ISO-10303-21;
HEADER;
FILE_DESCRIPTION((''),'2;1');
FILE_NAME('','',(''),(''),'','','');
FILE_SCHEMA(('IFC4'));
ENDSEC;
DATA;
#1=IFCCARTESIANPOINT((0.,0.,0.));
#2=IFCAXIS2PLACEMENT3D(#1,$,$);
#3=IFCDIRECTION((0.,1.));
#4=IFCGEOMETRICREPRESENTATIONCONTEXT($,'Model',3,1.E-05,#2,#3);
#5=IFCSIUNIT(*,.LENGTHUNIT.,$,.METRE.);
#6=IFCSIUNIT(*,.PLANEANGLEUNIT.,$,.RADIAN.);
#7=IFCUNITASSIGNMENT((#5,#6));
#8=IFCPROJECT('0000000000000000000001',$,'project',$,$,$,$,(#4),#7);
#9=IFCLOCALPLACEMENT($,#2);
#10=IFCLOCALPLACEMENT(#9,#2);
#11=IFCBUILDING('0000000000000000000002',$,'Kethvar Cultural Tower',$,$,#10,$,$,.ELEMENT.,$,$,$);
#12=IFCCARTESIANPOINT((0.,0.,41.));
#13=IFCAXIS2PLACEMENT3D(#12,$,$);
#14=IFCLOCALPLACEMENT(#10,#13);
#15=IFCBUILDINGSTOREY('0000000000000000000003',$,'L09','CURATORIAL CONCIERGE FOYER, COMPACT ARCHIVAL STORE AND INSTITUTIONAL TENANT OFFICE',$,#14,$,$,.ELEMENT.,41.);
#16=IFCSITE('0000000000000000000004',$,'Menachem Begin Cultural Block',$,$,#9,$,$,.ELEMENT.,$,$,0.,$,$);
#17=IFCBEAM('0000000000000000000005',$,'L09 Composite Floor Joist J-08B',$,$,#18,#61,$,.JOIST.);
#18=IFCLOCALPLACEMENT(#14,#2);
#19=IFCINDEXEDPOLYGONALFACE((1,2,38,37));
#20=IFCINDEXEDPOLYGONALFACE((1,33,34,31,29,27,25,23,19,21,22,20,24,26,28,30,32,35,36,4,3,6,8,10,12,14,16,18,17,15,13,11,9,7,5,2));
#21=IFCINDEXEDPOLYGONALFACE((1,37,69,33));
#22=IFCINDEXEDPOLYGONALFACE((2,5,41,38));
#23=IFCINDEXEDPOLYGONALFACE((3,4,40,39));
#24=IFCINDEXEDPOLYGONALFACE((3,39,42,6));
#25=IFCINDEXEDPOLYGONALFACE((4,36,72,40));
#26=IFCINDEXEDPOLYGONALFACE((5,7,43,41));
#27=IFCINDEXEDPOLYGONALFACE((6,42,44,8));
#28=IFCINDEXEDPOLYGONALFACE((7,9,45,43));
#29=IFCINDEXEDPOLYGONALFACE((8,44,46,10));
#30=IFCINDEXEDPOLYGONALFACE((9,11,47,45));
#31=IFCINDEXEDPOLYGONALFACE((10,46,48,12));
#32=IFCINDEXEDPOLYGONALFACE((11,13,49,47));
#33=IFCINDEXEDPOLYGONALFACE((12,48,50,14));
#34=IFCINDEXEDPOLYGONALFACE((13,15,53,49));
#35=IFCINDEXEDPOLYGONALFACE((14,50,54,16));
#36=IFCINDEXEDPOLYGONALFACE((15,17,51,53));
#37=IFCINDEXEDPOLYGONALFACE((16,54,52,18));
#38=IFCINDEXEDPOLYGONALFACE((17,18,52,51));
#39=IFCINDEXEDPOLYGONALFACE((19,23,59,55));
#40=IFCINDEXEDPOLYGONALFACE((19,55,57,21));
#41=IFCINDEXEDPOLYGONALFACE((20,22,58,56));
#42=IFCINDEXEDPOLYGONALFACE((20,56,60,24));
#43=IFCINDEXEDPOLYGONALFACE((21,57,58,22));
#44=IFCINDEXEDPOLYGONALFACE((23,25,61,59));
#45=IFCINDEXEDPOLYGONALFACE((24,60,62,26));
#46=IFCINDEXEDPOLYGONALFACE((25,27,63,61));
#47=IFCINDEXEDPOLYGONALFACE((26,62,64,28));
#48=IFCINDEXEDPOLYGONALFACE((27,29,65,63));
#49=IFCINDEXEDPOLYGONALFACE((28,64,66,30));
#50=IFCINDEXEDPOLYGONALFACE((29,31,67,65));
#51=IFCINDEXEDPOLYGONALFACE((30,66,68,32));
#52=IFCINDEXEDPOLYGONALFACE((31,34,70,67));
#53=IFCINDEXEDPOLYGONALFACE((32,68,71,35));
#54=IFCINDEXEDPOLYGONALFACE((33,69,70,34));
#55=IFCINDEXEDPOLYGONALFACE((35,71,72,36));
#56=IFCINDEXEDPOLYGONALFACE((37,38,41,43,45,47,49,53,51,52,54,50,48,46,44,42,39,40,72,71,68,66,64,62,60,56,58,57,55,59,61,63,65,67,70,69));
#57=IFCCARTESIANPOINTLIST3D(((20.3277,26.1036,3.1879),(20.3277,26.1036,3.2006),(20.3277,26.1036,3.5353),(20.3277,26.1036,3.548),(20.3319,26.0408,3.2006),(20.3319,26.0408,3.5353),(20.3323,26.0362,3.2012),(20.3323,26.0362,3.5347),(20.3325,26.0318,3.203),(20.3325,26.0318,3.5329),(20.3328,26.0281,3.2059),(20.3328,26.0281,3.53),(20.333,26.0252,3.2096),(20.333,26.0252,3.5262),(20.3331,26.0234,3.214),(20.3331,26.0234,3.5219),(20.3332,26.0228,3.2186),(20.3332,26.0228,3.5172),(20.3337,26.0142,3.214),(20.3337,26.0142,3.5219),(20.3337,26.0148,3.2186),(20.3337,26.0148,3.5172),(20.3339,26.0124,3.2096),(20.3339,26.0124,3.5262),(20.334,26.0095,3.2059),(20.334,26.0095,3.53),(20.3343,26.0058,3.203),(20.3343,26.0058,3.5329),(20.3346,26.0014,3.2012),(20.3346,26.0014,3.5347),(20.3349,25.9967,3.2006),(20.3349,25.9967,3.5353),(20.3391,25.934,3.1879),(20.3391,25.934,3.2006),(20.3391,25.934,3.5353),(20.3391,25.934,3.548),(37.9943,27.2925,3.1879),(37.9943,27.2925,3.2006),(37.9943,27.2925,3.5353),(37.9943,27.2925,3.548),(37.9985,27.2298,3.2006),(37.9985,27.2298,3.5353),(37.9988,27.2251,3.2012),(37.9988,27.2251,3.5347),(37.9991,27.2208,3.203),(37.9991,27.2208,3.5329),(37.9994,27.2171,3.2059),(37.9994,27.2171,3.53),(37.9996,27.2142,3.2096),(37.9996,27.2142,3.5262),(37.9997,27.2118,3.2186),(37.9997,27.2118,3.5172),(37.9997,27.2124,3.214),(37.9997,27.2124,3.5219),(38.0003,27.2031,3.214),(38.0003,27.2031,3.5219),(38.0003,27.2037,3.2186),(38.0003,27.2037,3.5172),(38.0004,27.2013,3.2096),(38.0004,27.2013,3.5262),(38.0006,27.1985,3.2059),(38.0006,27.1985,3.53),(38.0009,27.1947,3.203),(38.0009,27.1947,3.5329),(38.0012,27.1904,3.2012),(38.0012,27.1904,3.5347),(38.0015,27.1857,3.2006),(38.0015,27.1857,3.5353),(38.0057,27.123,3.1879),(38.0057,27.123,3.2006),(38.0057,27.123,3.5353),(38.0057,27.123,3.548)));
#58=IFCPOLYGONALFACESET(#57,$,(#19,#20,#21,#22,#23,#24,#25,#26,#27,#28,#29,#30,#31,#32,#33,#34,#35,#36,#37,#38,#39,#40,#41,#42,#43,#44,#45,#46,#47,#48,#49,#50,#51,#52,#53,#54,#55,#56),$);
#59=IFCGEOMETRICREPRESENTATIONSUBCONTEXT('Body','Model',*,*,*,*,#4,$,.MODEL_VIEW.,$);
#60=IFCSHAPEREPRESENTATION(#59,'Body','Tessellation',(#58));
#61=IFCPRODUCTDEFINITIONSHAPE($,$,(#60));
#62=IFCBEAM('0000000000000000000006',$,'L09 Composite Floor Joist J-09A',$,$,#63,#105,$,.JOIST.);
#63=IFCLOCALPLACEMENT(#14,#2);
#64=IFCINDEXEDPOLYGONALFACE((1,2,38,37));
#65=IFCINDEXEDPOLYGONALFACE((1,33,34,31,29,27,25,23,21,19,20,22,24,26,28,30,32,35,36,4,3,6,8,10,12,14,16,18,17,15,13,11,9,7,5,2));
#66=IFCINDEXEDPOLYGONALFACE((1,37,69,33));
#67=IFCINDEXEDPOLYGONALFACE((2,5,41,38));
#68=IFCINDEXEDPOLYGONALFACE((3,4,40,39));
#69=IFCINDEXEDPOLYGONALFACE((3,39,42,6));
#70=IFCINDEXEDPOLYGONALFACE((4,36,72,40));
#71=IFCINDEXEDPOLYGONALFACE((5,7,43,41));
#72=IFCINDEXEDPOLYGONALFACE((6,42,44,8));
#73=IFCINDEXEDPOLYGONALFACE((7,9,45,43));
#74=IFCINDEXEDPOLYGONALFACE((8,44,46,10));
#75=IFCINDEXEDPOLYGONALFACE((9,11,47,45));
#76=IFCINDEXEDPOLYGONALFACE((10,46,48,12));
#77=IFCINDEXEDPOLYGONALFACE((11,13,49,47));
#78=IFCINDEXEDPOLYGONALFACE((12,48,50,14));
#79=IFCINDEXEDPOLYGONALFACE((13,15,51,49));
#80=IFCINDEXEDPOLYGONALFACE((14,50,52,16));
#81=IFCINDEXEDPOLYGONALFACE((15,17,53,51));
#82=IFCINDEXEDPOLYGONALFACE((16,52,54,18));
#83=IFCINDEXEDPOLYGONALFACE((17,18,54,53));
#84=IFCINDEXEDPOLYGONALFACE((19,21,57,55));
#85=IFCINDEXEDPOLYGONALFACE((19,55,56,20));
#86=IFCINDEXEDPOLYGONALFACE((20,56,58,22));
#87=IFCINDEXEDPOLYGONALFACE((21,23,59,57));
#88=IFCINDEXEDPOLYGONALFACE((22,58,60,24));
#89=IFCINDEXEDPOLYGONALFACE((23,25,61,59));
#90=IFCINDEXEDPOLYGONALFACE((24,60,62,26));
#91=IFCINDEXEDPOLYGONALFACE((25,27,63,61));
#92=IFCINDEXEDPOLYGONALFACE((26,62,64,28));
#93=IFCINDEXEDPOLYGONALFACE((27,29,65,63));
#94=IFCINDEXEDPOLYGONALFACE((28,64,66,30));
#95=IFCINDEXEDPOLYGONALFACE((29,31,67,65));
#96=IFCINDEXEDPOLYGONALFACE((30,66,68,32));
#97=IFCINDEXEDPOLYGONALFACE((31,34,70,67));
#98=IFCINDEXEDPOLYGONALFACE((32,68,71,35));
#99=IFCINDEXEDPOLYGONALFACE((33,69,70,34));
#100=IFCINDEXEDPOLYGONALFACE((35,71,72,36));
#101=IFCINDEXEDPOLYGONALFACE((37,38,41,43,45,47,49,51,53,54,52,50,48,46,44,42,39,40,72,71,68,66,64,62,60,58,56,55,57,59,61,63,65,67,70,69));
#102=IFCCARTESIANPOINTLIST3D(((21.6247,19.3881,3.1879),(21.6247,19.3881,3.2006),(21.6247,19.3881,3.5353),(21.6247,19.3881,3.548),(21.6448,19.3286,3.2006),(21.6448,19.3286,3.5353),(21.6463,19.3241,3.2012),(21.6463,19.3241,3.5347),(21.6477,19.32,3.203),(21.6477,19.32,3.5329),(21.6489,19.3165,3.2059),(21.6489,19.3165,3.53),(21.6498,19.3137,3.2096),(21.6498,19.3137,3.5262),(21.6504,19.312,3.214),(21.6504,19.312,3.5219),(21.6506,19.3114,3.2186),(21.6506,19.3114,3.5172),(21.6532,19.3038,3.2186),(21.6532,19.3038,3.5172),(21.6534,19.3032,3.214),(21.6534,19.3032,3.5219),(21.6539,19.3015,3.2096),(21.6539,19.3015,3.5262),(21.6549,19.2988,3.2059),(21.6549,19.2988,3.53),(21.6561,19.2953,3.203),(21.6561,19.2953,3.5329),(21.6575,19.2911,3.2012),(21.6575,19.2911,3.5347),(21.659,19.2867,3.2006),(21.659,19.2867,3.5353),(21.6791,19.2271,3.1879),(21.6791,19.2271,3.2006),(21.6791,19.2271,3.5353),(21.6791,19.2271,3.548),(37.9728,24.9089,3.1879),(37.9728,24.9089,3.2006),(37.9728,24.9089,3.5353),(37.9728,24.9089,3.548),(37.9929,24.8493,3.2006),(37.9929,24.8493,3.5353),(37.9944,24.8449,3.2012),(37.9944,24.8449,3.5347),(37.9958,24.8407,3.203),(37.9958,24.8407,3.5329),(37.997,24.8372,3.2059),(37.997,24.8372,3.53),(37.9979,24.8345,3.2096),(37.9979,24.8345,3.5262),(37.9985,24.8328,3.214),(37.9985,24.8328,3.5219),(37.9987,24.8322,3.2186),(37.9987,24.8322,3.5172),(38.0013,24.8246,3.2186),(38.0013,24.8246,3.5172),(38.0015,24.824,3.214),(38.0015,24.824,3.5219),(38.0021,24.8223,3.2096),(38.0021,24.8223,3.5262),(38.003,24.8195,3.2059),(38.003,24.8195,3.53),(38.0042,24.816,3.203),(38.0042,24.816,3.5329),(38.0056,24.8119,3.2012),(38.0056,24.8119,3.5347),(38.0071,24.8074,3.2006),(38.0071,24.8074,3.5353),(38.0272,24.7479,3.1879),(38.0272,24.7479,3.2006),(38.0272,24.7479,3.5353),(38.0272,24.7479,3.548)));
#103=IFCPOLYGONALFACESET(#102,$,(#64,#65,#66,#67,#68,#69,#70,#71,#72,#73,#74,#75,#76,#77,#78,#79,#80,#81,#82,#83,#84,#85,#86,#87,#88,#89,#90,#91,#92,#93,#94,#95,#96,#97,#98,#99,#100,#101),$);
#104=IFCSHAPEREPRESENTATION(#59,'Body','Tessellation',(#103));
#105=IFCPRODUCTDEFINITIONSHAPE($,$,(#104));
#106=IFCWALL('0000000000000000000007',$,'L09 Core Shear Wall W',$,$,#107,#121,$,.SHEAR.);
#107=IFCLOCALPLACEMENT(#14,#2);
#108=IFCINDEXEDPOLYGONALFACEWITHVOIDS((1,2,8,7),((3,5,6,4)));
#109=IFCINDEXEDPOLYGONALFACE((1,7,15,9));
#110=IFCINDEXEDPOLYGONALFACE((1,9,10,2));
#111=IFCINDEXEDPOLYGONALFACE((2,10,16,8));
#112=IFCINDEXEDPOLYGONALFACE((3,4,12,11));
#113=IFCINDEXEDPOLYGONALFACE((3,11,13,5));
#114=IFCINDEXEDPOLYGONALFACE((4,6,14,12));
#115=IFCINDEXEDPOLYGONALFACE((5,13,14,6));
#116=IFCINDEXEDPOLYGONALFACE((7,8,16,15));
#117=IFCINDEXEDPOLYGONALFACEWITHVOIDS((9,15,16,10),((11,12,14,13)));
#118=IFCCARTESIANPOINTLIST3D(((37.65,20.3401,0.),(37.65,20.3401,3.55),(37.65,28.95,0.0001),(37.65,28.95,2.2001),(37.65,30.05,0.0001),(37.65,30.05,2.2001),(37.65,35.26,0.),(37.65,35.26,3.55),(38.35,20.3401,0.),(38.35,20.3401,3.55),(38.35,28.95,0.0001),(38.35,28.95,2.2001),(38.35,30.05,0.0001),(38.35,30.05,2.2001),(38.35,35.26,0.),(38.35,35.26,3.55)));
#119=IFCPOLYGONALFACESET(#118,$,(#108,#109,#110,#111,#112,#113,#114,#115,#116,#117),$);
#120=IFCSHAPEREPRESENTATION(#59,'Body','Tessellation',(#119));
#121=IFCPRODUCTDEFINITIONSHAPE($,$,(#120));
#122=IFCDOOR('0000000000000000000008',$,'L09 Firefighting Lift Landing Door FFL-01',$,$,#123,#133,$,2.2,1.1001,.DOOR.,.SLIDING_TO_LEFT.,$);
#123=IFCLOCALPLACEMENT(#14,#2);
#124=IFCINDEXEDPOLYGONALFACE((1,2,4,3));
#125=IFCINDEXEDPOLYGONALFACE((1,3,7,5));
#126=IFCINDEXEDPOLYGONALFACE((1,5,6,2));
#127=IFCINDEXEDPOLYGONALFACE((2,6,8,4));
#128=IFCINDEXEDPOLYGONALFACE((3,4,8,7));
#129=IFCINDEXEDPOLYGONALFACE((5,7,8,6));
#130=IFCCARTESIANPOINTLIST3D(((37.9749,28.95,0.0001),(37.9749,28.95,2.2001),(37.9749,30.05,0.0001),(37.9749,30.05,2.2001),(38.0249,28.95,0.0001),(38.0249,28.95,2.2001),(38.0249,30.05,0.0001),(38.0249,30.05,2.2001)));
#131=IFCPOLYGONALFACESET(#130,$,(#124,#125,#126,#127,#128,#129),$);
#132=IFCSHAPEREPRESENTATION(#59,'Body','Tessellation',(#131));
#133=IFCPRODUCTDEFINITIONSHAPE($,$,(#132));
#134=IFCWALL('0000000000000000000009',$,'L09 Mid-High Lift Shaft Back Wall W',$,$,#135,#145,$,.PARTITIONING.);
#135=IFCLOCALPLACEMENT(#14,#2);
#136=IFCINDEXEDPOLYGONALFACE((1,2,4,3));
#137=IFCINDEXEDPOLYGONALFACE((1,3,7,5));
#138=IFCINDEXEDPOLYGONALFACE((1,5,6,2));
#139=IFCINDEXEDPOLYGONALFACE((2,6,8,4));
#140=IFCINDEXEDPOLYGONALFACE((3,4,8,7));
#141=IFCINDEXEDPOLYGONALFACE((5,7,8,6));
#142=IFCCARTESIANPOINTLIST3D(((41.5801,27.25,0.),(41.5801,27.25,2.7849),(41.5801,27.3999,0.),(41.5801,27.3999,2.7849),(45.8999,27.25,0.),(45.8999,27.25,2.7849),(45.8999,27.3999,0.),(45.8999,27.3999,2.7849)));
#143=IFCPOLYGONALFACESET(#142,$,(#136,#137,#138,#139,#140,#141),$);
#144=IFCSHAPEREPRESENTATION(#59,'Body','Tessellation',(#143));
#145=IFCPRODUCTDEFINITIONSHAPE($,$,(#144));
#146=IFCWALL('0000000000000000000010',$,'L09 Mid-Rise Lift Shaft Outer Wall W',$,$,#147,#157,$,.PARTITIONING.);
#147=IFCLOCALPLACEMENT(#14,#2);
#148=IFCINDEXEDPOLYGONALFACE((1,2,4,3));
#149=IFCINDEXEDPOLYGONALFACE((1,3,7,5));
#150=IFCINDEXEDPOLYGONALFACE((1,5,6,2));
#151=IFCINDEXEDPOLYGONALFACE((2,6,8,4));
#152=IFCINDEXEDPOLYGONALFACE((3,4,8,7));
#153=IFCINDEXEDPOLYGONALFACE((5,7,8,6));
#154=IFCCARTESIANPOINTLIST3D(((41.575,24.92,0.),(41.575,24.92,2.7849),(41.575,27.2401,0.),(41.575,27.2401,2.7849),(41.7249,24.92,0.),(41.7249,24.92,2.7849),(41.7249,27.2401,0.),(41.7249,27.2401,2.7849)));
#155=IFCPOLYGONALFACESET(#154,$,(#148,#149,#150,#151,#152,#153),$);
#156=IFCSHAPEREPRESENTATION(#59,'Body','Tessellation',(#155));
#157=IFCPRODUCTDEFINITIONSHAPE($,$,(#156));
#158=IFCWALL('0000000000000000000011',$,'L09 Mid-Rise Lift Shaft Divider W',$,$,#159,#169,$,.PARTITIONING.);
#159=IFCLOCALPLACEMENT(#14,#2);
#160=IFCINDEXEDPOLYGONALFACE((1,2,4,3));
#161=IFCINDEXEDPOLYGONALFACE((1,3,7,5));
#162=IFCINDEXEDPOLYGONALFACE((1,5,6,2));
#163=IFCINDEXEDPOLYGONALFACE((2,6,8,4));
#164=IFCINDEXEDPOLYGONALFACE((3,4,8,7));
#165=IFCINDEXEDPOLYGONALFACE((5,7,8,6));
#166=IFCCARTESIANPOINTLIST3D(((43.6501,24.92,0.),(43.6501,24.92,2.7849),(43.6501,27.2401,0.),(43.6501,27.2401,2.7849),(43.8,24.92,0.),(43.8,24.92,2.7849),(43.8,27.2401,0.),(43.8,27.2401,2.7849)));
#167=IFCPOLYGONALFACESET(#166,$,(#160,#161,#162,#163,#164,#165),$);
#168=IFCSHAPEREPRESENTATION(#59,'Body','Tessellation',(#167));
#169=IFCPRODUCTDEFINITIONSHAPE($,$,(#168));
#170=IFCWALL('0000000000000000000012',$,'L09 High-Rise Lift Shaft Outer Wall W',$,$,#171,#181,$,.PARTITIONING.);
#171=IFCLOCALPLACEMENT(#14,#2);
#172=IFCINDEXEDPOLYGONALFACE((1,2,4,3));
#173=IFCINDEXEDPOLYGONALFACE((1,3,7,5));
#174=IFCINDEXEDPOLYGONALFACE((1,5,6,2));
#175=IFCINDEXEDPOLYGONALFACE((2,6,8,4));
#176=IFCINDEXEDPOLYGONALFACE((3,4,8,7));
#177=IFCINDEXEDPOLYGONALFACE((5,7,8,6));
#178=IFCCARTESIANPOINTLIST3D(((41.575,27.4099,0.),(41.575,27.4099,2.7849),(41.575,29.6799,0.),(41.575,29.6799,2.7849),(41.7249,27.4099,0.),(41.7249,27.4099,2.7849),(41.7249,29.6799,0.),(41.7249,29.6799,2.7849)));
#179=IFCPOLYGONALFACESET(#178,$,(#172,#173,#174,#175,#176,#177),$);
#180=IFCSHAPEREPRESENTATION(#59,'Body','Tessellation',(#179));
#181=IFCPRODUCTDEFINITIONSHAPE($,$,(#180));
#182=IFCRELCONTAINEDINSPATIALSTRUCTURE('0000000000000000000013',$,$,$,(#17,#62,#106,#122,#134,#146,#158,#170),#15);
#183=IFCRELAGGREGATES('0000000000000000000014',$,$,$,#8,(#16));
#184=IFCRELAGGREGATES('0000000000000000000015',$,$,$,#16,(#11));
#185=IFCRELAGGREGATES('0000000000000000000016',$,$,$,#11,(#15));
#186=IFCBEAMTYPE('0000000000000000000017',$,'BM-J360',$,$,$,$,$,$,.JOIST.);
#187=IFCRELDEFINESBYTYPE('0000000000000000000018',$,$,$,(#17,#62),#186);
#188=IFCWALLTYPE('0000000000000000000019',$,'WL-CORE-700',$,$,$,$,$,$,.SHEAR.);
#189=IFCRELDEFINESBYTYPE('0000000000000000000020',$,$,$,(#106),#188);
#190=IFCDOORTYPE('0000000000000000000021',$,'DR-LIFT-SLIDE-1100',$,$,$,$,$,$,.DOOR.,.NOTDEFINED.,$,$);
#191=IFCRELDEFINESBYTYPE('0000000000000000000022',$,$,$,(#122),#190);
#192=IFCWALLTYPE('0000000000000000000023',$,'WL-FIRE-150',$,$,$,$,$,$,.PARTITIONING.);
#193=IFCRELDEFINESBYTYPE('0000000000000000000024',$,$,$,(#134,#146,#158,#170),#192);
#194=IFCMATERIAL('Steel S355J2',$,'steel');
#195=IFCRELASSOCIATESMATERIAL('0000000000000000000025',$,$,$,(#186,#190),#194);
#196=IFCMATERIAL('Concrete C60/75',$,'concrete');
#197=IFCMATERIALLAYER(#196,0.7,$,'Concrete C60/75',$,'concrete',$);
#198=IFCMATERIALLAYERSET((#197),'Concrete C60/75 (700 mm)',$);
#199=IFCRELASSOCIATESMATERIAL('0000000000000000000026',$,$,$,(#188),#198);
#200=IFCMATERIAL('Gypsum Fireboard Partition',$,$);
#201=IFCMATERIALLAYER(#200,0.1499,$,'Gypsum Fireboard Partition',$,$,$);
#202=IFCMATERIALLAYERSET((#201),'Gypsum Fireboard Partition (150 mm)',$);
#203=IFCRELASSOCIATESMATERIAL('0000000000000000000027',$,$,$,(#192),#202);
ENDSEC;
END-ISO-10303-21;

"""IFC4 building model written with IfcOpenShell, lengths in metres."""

from ifc_helpers import new_model, si_unit, direction, frame, frame_2d, origin, origin_2d, place, context, subcontext, project, spatial, rectangle, i_section, extrude, source, transform, mapped, material, layer, layer_set, material_profile, profile_set, type_object, element, fill, save


model = new_model("IFC4")

# Units and contexts
model_context = context("Model", 3, precision=1e-05, world=origin(), true_north=direction((0.0, 1.0)))
body_context = subcontext(model_context, "Body", "Model", "MODEL_VIEW")
ifc_project = project(units=[si_unit("LENGTHUNIT", "METRE"), si_unit("PLANEANGLEUNIT", "RADIAN")], contexts=[model_context])

# Site, building, storey
site_placement = place(None, origin())
site = spatial("IfcSite", under=ifc_project, at=site_placement, Name="Menachem Begin Cultural Block", CompositionType="ELEMENT", RefElevation=0.0)
building_placement = place(site_placement, origin())
building = spatial("IfcBuilding", under=site, at=building_placement, Name="Kethvar Cultural Tower", CompositionType="ELEMENT")
storey_placement = place(building_placement, frame((0.0, 0.0, 41.0)))
storey = spatial("IfcBuildingStorey", under=building, at=storey_placement, Name="L09", Description="CURATORIAL CONCIERGE FOYER, COMPACT ARCHIVAL STORE AND INSTITUTIONAL TENANT OFFICE", CompositionType="ELEMENT", Elevation=41.0)

# Beams
ifc_material_1 = material(Name="Steel S355J2", Category="steel")
ifc_material_profile_1 = material_profile(ifc_material_1, i_section(OverallWidth=0.1699, OverallDepth=0.3601, WebThickness=0.0081, FlangeThickness=0.0127, FilletRadius=0.0181, at=origin_2d()), Name="Steel S355J2 — IPE360")
ifc_profile_set_1 = profile_set([ifc_material_profile_1], Name="Steel S355J2 — IPE360")
beam_type_1 = type_object("IfcBeamType", Name="BM-J360", PredefinedType="JOIST", material=ifc_profile_set_1)
shared_shape_1 = source(origin(), body_context, "Body", "SweptSolid", [
    extrude(i_section(OverallWidth=0.1699, OverallDepth=0.3601, WebThickness=0.0081, FlangeThickness=0.0127, FilletRadius=0.0181, at=origin_2d()), origin(), (0.0, 0.0, 1.0), 17.7065),
])
beam_1_placement = place(storey_placement, frame((38.0, 27.2078, 3.3679), z_axis=(-0.997743, -0.067149, 0.0), x_axis=(0.067149, -0.997743, 0.0)))
element("IfcBeam", 1, at=beam_1_placement, inside=storey, type_object=beam_type_1, Name="L09 Composite Floor Joist J-08B", PredefinedType="JOIST", context=body_context, shape_type="MappedRepresentation", body=[
    mapped(shared_shape_1, transform((0.0, 0.0, 0.0), scale=1.0)),
])
shared_shape_2 = source(origin(), body_context, "Body", "SweptSolid", [
    extrude(i_section(OverallWidth=0.1699, OverallDepth=0.3601, WebThickness=0.0081, FlangeThickness=0.0127, FilletRadius=0.0181, at=origin_2d()), origin(), (0.0, 0.0, 1.0), 17.2551),
])
beam_2_placement = place(storey_placement, frame((38.0, 24.8284, 3.3679), z_axis=(-0.947435, -0.319948, 0.0), x_axis=(0.319948, -0.947435, 0.0)))
element("IfcBeam", 2, at=beam_2_placement, inside=storey, type_object=beam_type_1, Name="L09 Composite Floor Joist J-09A", PredefinedType="JOIST", context=body_context, shape_type="MappedRepresentation", body=[
    mapped(shared_shape_2, transform((0.0, 0.0, 0.0), scale=1.0)),
])

# Wall, opening, door
ifc_material_2 = material(Name="Concrete C60/75", Category="concrete")
ifc_layer_1 = layer(ifc_material_2, 0.7, Name="Concrete C60/75", Category="concrete")
ifc_layer_set_1 = layer_set([ifc_layer_1], Name="Concrete C60/75 (700 mm)")
wall_type_1 = type_object("IfcWallType", Name="WL-CORE-700", PredefinedType="SHEAR", material=ifc_layer_set_1)
wall_1_placement = place(storey_placement, frame((38.0, 35.26, 0.0), z_axis=(0.0, 0.0, 1.0), x_axis=(0.0, -1.0, 0.0)))
wall_1 = element("IfcWall", 3, at=wall_1_placement, inside=storey, type_object=wall_type_1, Name="L09 Core Shear Wall W", PredefinedType="SHEAR", context=body_context, shape_type="SweptSolid", body=[
    extrude(rectangle(XDim=14.9199, YDim=0.7, at=frame_2d((7.46, 0.0))), origin(), (0.0, 0.0, 1.0), 3.55),
])
opening_placement = place(wall_1_placement, frame((5.21, 0.0, 0.0)))
opening = element("IfcOpeningElement", 4, at=opening_placement, cuts=wall_1, PredefinedType="OPENING", context=body_context, shape_type="SweptSolid", body=[
    extrude(rectangle(XDim=1.1001, YDim=2.2, at=frame_2d((0.55, 1.1001))), frame((0.0, 0.3599, 0.0), z_axis=(0.0, -1.0, 0.0), x_axis=(1.0, 0.0, 0.0)), (0.0, 0.0, 1.0), 0.72),
])
door_type = type_object("IfcDoorType", Name="DR-LIFT-SLIDE-1100", OperationType="NOTDEFINED", PredefinedType="DOOR", material=ifc_material_1)
shared_shape_3 = source(origin(), body_context, "Body", "SweptSolid", [
    extrude(rectangle(XDim=1.1001, YDim=2.2, at=frame_2d((0.55, 1.1001))), frame((0.0, 0.0249, 0.0), z_axis=(0.0, -1.0, 0.0), x_axis=(1.0, 0.0, 0.0)), (0.0, 0.0, 1.0), 0.05),
])
door_placement = place(opening_placement, origin())
door = element("IfcDoor", 5, at=door_placement, inside=storey, type_object=door_type, Name="L09 Firefighting Lift Landing Door FFL-01", OperationType="SLIDING_TO_LEFT", OverallHeight=2.2, OverallWidth=1.1001, PredefinedType="DOOR", context=body_context, shape_type="MappedRepresentation", body=[
    mapped(shared_shape_3, transform((0.0, 0.0, 0.0), scale=1.0)),
])
fill(opening, door)

# Walls
ifc_material_3 = material(Name="Gypsum Fireboard Partition")
ifc_layer_2 = layer(ifc_material_3, 0.1499, Name="Gypsum Fireboard Partition")
ifc_layer_set_2 = layer_set([ifc_layer_2], Name="Gypsum Fireboard Partition (150 mm)")
wall_type_2 = type_object("IfcWallType", Name="WL-FIRE-150", PredefinedType="PARTITIONING", material=ifc_layer_set_2)
wall_2_placement = place(storey_placement, frame((41.5801, 27.325, 0.0), z_axis=(0.0, 0.0, 1.0), x_axis=(1.0, 0.0, 0.0)))
element("IfcWall", 6, at=wall_2_placement, inside=storey, type_object=wall_type_2, Name="L09 Mid-High Lift Shaft Back Wall W", PredefinedType="PARTITIONING", context=body_context, shape_type="SweptSolid", body=[
    extrude(rectangle(XDim=4.3198, YDim=0.1499, at=frame_2d((2.1599, 0.0))), origin(), (0.0, 0.0, 1.0), 2.7849),
])
for number, where, z_axis, x_axis, name in (
    (7, (41.6499, 24.9199, 0.0), (0.0, 0.0, 1.0), (0.0, 1.0, 0.0), "L09 Mid-Rise Lift Shaft Outer Wall W"),
    (8, (43.7251, 24.9199, 0.0), (0.0, 0.0, 1.0), (0.0, 1.0, 0.0), "L09 Mid-Rise Lift Shaft Divider W"),
):
    element("IfcWall", number, at=place(storey_placement, frame(where, z_axis=z_axis, x_axis=x_axis)), inside=storey, type_object=wall_type_2, Name=name, PredefinedType="PARTITIONING", context=body_context, shape_type="SweptSolid", body=[
        extrude(rectangle(XDim=2.3201, YDim=0.1499, at=frame_2d((1.1602, 0.0))), origin(), (0.0, 0.0, 1.0), 2.7849),
    ])
for number, where, z_axis, x_axis, name in (
    (9, (41.6499, 27.4099, 0.0), (0.0, 0.0, 1.0), (0.0, 1.0, 0.0), "L09 High-Rise Lift Shaft Outer Wall W"),
):
    element("IfcWall", number, at=place(storey_placement, frame(where, z_axis=z_axis, x_axis=x_axis)), inside=storey, type_object=wall_type_2, Name=name, PredefinedType="PARTITIONING", context=body_context, shape_type="SweptSolid", body=[
        extrude(rectangle(XDim=2.27, YDim=0.1499, at=frame_2d((1.135, 0.0))), origin(), (0.0, 0.0, 1.0), 2.7849),
    ])

save(model, "model.ifc")
